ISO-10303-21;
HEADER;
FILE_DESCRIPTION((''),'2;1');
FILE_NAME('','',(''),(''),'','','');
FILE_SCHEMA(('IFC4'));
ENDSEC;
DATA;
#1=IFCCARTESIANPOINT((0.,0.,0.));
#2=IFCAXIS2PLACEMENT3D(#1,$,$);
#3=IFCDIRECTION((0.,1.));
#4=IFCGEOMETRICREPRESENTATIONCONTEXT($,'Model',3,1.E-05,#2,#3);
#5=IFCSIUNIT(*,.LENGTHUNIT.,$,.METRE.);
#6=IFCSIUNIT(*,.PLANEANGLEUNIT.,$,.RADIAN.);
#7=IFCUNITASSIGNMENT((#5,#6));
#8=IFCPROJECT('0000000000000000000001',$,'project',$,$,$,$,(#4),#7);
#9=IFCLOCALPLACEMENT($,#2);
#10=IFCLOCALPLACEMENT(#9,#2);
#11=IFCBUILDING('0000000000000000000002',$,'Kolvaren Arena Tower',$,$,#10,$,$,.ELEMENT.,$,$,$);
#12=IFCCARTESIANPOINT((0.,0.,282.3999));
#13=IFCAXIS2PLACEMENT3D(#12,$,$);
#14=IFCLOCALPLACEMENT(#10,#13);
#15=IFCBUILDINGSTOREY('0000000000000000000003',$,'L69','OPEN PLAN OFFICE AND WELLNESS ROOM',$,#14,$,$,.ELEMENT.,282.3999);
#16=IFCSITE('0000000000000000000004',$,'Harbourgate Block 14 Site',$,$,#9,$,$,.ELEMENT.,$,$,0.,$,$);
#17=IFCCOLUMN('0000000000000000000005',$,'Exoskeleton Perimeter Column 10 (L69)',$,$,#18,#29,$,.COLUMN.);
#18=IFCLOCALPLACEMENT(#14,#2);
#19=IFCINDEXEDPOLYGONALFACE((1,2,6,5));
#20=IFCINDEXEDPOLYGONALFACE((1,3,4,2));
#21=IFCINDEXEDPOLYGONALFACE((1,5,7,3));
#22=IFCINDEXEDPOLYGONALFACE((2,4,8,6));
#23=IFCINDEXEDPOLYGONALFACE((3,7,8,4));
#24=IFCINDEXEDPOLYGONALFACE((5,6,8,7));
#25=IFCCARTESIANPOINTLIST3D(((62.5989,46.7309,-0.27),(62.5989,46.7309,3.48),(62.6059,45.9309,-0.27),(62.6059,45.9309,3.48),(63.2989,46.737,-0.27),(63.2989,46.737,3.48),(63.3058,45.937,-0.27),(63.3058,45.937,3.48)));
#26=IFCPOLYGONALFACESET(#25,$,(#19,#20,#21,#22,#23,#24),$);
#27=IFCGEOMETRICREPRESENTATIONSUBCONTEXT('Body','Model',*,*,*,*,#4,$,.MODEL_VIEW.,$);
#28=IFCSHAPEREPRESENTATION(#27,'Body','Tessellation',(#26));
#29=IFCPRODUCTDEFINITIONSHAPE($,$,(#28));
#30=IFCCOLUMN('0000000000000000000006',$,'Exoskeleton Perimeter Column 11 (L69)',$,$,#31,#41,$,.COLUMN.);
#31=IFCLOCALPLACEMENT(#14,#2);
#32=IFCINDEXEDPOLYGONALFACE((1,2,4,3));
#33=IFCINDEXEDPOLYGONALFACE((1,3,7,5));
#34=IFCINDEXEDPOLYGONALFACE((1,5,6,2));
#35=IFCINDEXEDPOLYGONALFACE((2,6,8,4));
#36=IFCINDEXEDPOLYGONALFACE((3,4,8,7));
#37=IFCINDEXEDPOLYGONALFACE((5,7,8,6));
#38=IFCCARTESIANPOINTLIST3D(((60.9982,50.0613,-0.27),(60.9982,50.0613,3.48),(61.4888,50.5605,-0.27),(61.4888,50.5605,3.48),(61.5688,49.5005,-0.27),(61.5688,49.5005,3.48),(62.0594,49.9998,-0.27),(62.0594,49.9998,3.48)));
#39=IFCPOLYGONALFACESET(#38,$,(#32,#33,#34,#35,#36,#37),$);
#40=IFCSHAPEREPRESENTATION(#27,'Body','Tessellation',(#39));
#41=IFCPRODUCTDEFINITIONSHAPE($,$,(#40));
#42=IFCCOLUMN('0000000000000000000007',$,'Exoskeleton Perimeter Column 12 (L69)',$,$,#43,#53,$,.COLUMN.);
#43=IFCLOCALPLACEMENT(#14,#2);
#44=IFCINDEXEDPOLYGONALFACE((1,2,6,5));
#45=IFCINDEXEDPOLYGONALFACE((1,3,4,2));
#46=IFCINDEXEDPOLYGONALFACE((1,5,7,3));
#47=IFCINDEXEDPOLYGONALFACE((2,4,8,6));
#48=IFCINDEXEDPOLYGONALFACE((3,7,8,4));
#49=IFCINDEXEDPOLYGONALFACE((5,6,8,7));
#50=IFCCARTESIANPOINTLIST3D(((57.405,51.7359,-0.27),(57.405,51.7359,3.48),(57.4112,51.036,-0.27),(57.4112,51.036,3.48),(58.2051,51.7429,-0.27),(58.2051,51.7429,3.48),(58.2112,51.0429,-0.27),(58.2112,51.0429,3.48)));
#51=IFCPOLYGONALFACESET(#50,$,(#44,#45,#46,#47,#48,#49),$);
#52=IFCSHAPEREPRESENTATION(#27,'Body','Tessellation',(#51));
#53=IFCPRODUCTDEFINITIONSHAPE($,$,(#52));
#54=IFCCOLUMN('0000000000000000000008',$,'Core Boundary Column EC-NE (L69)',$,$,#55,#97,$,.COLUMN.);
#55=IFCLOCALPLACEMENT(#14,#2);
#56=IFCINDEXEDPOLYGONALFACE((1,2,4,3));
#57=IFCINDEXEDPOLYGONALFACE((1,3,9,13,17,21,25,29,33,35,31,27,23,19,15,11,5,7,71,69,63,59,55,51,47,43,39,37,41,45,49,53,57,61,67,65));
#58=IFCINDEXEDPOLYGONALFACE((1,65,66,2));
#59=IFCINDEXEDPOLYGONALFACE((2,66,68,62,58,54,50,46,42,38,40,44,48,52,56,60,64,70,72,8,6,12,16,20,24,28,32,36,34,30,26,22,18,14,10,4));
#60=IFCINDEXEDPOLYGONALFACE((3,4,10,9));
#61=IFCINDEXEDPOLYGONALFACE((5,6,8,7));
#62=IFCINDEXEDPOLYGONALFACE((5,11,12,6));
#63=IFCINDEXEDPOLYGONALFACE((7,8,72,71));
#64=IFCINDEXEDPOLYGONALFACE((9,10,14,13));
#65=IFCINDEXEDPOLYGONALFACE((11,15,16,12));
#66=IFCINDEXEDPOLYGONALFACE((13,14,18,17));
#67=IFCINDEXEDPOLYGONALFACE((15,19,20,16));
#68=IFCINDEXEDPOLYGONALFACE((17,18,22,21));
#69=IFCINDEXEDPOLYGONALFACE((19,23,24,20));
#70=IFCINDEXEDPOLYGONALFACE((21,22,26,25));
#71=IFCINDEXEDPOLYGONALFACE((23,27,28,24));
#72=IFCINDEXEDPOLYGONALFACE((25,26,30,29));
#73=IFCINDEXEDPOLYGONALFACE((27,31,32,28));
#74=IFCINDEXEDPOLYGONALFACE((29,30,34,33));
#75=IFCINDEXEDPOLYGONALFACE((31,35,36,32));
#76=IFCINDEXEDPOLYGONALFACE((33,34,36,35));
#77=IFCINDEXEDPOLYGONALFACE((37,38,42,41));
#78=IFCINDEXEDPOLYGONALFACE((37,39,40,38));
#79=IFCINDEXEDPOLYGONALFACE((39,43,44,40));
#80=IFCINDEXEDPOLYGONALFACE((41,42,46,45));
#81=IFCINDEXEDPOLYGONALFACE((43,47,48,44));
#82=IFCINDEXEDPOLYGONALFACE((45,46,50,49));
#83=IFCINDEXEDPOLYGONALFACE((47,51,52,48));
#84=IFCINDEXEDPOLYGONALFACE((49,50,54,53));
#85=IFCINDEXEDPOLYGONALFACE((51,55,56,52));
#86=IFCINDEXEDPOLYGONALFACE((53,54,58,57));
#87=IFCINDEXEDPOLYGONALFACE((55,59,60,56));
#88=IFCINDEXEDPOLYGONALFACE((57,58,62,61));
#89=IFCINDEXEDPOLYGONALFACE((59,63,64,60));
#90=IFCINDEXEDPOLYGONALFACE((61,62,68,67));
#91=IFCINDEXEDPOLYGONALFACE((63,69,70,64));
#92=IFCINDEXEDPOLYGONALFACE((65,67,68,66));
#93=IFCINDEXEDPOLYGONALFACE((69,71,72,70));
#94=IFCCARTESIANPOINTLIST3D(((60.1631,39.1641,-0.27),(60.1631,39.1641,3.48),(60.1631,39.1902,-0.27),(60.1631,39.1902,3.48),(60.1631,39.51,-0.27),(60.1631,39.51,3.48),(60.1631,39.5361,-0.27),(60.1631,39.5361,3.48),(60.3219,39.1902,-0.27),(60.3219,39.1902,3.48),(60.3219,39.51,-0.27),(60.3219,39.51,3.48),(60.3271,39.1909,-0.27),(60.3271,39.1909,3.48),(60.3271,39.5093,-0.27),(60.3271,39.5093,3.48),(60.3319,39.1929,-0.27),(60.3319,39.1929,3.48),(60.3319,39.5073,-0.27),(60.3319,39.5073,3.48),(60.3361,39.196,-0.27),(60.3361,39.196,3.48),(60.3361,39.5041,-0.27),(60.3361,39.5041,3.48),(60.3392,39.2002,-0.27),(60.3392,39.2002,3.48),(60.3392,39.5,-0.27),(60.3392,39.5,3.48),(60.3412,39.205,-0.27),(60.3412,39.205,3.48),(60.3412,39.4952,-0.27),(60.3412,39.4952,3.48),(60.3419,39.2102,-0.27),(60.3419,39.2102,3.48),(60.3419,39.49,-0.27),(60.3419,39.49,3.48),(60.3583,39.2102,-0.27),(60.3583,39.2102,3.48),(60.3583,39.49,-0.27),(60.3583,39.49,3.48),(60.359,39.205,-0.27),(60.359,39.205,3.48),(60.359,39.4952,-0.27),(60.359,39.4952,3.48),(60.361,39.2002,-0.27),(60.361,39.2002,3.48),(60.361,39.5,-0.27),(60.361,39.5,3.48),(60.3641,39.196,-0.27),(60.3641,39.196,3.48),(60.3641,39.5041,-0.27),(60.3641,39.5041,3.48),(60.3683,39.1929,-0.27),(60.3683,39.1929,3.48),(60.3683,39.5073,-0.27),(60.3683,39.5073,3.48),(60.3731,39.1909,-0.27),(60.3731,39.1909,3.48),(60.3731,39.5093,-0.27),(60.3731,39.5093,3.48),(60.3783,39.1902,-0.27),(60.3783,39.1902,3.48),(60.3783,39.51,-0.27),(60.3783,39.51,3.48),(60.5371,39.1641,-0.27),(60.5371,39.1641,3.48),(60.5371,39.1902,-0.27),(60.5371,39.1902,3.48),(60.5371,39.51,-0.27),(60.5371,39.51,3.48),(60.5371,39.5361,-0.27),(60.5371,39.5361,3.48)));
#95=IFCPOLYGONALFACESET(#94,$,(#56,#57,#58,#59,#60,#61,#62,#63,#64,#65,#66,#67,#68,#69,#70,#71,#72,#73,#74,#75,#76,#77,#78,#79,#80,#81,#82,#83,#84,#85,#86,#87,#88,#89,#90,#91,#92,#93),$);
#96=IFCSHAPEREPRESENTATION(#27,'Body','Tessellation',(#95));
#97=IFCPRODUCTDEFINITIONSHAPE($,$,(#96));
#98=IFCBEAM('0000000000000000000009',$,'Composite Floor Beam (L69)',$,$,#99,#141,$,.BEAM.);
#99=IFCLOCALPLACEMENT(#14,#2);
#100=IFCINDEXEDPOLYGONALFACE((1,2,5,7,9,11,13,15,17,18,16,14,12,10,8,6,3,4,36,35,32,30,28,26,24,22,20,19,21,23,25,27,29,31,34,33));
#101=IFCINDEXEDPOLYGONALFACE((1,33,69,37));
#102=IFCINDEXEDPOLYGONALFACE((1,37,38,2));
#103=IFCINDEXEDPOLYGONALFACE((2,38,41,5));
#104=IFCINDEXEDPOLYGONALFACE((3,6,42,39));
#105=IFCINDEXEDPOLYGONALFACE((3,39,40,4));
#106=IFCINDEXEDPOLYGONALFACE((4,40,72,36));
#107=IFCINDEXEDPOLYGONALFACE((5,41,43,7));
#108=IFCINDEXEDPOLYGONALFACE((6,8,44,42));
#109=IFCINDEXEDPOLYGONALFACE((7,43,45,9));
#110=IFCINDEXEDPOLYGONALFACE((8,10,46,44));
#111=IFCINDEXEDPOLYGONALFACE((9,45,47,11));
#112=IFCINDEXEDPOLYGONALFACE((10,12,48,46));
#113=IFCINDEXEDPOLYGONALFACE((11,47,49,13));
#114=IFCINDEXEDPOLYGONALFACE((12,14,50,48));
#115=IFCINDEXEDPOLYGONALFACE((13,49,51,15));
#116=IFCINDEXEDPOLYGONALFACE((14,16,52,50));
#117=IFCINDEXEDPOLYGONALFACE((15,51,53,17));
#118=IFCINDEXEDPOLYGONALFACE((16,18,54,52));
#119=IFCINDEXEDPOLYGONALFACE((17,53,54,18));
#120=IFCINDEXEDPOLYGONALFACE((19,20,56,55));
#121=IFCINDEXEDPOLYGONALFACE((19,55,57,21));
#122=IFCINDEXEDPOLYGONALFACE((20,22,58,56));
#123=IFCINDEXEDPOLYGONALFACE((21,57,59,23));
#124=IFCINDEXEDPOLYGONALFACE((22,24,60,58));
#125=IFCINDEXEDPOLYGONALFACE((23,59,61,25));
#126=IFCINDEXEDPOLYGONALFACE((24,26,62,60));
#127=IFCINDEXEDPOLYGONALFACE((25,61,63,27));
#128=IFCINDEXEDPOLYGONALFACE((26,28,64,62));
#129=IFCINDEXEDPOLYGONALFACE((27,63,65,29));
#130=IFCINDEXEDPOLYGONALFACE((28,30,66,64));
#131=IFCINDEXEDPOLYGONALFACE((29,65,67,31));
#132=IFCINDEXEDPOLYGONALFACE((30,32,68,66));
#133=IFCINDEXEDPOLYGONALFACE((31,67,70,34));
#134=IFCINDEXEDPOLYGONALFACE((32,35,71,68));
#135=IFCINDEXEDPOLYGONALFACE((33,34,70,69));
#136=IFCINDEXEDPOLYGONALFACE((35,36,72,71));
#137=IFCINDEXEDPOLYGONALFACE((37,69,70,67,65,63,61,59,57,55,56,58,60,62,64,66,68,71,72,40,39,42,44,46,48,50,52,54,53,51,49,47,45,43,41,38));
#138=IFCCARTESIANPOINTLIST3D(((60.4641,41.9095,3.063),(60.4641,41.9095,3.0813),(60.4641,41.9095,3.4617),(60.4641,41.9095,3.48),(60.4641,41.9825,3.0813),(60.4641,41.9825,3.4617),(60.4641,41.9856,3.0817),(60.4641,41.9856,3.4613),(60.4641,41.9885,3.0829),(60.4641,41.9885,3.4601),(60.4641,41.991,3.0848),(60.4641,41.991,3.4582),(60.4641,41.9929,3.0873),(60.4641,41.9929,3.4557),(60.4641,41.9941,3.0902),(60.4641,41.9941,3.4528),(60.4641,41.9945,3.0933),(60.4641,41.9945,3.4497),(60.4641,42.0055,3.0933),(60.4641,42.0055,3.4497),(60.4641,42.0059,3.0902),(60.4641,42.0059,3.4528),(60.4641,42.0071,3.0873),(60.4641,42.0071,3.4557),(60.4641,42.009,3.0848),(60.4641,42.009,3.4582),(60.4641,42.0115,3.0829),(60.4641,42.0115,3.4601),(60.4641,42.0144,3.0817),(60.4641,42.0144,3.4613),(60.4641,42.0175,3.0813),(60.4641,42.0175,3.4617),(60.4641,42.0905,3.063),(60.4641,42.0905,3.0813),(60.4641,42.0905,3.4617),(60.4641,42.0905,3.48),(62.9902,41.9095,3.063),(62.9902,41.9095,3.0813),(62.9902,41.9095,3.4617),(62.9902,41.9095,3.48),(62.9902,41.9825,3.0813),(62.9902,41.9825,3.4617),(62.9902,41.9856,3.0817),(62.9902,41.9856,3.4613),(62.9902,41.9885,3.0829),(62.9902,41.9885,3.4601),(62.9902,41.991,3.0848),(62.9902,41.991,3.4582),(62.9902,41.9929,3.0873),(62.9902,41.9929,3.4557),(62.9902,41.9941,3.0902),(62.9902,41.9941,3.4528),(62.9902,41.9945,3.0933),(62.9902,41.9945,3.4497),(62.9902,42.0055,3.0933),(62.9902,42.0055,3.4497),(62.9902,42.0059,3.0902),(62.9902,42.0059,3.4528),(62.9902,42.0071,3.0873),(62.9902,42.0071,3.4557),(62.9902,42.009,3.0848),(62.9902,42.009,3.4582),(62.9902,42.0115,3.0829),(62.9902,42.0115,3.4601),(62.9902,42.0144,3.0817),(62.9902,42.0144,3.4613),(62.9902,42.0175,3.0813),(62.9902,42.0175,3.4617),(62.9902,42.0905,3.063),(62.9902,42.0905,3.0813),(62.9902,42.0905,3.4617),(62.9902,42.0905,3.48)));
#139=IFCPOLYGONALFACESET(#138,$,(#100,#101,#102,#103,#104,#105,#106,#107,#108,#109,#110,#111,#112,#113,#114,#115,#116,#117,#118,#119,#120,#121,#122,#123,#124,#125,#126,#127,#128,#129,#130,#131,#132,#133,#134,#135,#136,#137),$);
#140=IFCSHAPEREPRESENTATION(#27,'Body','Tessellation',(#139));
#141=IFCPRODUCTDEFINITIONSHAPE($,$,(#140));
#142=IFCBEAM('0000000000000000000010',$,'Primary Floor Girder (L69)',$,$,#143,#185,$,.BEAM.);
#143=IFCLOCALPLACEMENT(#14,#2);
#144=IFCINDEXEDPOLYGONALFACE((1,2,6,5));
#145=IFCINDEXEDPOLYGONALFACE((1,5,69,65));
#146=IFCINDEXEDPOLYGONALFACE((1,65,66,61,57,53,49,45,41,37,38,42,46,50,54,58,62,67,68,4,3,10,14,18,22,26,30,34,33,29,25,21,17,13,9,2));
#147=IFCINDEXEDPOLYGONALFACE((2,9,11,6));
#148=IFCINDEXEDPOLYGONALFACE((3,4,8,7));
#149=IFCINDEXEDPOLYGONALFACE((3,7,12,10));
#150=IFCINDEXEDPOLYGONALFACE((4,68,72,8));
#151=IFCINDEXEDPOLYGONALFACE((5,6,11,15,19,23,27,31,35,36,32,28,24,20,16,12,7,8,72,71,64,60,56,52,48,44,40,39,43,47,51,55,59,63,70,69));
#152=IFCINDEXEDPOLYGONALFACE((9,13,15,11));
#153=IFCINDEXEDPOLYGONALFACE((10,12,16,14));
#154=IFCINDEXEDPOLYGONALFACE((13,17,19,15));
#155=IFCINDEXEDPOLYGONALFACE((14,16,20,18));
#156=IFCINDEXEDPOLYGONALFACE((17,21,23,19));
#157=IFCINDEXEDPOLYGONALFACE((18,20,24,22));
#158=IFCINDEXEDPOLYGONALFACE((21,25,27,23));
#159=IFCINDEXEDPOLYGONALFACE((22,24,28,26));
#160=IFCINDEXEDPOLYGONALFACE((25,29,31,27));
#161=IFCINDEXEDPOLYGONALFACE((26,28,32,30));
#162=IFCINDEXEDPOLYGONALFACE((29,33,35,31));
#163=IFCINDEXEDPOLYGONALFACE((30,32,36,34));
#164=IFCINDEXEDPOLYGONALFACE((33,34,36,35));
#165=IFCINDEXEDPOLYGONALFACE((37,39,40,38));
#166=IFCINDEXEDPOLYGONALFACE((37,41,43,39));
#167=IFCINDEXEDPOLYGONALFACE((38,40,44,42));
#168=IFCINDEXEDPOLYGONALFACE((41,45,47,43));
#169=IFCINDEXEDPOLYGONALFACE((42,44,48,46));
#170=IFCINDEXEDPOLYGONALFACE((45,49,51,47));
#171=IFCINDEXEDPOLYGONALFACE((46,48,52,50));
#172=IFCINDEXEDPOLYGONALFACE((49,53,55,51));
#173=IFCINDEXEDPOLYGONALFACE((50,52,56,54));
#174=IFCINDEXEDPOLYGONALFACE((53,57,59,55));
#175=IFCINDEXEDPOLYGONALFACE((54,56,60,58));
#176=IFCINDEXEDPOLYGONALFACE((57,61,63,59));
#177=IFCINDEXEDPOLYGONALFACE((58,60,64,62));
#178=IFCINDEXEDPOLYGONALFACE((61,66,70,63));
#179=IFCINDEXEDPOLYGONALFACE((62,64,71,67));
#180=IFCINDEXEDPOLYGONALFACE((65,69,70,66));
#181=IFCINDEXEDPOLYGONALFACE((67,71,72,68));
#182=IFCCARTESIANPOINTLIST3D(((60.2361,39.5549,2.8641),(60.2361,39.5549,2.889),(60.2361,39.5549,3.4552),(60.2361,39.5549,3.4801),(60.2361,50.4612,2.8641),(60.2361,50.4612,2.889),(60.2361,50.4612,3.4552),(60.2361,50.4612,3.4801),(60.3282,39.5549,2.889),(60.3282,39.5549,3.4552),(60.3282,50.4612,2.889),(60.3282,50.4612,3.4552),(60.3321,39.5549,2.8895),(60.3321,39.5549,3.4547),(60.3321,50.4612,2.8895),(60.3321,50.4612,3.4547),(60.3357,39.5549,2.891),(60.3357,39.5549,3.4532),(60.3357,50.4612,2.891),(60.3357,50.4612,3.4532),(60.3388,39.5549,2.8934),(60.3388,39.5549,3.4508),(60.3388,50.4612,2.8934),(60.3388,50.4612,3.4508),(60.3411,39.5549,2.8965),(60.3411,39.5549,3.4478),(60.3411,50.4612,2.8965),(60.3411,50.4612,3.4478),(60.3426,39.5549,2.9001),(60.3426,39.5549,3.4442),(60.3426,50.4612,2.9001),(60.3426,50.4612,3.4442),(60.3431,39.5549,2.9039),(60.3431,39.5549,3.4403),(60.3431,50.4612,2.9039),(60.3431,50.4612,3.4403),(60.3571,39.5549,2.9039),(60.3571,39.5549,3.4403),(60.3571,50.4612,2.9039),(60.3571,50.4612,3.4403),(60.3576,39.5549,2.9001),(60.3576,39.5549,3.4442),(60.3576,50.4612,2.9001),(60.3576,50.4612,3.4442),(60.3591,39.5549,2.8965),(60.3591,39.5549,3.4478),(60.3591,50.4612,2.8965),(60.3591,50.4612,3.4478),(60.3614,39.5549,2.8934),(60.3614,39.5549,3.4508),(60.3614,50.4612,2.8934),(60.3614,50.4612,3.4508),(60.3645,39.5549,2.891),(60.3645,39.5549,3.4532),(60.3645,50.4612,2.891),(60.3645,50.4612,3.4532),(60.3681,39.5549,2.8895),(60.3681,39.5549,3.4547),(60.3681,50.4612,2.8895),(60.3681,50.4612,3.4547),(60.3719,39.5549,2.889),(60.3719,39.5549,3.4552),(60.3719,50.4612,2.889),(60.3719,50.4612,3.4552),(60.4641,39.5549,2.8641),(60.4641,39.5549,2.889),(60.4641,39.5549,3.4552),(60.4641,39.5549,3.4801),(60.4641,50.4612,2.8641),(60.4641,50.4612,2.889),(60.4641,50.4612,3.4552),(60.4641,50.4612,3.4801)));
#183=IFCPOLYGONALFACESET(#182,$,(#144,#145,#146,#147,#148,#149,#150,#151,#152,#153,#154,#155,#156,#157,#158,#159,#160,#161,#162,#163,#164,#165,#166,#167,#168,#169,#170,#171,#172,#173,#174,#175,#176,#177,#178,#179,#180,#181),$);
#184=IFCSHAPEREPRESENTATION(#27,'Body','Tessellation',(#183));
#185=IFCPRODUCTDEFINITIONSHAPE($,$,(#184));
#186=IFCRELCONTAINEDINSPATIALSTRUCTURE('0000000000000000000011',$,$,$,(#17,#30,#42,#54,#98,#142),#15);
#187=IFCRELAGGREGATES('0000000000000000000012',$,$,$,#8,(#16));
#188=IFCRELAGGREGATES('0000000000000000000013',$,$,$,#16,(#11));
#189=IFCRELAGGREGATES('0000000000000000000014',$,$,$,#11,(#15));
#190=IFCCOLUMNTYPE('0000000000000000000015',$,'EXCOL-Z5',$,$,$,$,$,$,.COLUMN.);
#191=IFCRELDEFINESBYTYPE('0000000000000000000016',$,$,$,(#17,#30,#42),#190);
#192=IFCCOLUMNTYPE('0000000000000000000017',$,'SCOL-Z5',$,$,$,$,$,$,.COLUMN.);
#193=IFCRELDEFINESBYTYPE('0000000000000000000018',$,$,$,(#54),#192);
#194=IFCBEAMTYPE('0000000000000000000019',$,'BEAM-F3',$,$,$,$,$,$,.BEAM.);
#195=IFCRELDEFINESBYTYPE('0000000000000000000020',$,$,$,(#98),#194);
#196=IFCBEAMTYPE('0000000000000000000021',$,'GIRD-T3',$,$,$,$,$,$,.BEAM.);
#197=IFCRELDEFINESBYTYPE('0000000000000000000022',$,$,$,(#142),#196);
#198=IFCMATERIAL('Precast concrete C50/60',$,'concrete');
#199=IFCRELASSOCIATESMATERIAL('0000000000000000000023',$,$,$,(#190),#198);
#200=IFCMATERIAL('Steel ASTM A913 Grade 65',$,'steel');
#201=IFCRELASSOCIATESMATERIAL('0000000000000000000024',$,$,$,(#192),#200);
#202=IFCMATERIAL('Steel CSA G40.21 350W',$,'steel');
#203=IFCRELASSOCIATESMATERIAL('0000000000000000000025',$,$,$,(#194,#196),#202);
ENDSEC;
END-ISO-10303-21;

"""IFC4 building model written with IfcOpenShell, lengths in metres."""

from ifc_helpers import new_model, si_unit, direction, frame, origin, origin_2d, place, context, subcontext, project, spatial, rectangle, i_section, extrude, material, material_profile, profile_set, type_object, element, save


model = new_model("IFC4")

# Units and contexts
model_context = context("Model", 3, precision=1e-05, world=origin(), true_north=direction((0.0, 1.0)))
body_context = subcontext(model_context, "Body", "Model", "MODEL_VIEW")
ifc_project = project(units=[si_unit("LENGTHUNIT", "METRE"), si_unit("PLANEANGLEUNIT", "RADIAN")], contexts=[model_context])

# Site, building, storey
site_placement = place(None, origin())
site = spatial("IfcSite", under=ifc_project, at=site_placement, Name="Harbourgate Block 14 Site", CompositionType="ELEMENT", RefElevation=0.0)
building_placement = place(site_placement, origin())
building = spatial("IfcBuilding", under=site, at=building_placement, Name="Kolvaren Arena Tower", CompositionType="ELEMENT")
storey_placement = place(building_placement, frame((0.0, 0.0, 282.3999)))
storey = spatial("IfcBuildingStorey", under=building, at=storey_placement, Name="L69", Description="OPEN PLAN OFFICE AND WELLNESS ROOM", CompositionType="ELEMENT", Elevation=282.3999)

# Columns
ifc_material_1 = material(Name="Precast concrete C50/60", Category="concrete")
ifc_material_profile_1 = material_profile(ifc_material_1, rectangle(XDim=0.8, YDim=0.7, at=origin_2d()), Name="RC-800x700")
ifc_profile_set_1 = profile_set([ifc_material_profile_1], Name="Precast concrete C50/60")
column_type_1 = type_object("IfcColumnType", Name="EXCOL-Z5", PredefinedType="COLUMN", material=ifc_profile_set_1)
for number, where, z_axis, x_axis, name in (
    (1, (62.9524, 46.334, -0.27), (0.0, 0.0, 1.0), (-0.008727, 0.999962, 0.0), "Exoskeleton Perimeter Column 10 (L69)"),
    (2, (61.5288, 50.0305, -0.27), (0.0, 0.0, 1.0), (-0.71325, 0.700909, 0.0), "Exoskeleton Perimeter Column 11 (L69)"),
    (3, (57.8081, 51.3894, -0.27), (0.0, 0.0, 1.0), (0.999962, 0.008727, 0.0), "Exoskeleton Perimeter Column 12 (L69)"),
):
    element("IfcColumn", number, at=place(storey_placement, frame(where, z_axis=z_axis, x_axis=x_axis)), inside=storey, type_object=column_type_1, Name=name, PredefinedType="COLUMN", context=body_context, shape_type="SweptSolid", body=[
        extrude(rectangle(XDim=0.8, YDim=0.7, at=origin_2d()), origin(), (0.0, 0.0, 1.0), 3.75),
    ])
ifc_material_2 = material(Name="Steel ASTM A913 Grade 65", Category="steel")
ifc_material_profile_2 = material_profile(ifc_material_2, i_section(OverallWidth=0.374, OverallDepth=0.3721, WebThickness=0.0164, FlangeThickness=0.0261, FilletRadius=0.02, at=origin_2d()), Name="W360x196")
ifc_profile_set_2 = profile_set([ifc_material_profile_2], Name="Steel ASTM A913 Grade 65")
column_type_2 = type_object("IfcColumnType", Name="SCOL-Z5", PredefinedType="COLUMN", material=ifc_profile_set_2)
column_placement = place(storey_placement, frame((60.3501, 39.3501, -0.27), z_axis=(0.0, 0.0, 1.0), x_axis=(1.0, 0.0, 0.0)))
element("IfcColumn", 4, at=column_placement, inside=storey, type_object=column_type_2, Name="Core Boundary Column EC-NE (L69)", PredefinedType="COLUMN", context=body_context, shape_type="SweptSolid", body=[
    extrude(i_section(OverallWidth=0.374, OverallDepth=0.3721, WebThickness=0.0164, FlangeThickness=0.0261, FilletRadius=0.02, at=origin_2d()), origin(), (0.0, 0.0, 1.0), 3.75),
])

# Beams
ifc_material_3 = material(Name="Steel CSA G40.21 350W", Category="steel")
ifc_material_profile_3 = material_profile(ifc_material_3, i_section(OverallWidth=0.1809, OverallDepth=0.417, WebThickness=0.011, FlangeThickness=0.0183, FilletRadius=0.012, at=origin_2d()), Name="W410x85")
ifc_profile_set_3 = profile_set([ifc_material_profile_3], Name="Steel CSA G40.21 350W")
beam_type_1 = type_object("IfcBeamType", Name="BEAM-F3", PredefinedType="BEAM", material=ifc_profile_set_3)
beam_1_placement = place(storey_placement, frame((60.4641, 42.0, 3.2715), z_axis=(1.0, 0.0, 0.0), x_axis=(0.0, 1.0, 0.0)))
element("IfcBeam", 5, at=beam_1_placement, inside=storey, type_object=beam_type_1, Name="Composite Floor Beam (L69)", PredefinedType="BEAM", context=body_context, shape_type="SweptSolid", body=[
    extrude(i_section(OverallWidth=0.1809, OverallDepth=0.417, WebThickness=0.011, FlangeThickness=0.0183, FilletRadius=0.012, at=origin_2d()), origin(), (0.0, 0.0, 1.0), 2.5261),
])
ifc_material_profile_4 = material_profile(ifc_material_3, i_section(OverallWidth=0.228, OverallDepth=0.616, WebThickness=0.0139, FlangeThickness=0.0249, FilletRadius=0.0149, at=origin_2d()), Name="W610x174")
ifc_profile_set_4 = profile_set([ifc_material_profile_4], Name="Steel CSA G40.21 350W")
beam_type_2 = type_object("IfcBeamType", Name="GIRD-T3", PredefinedType="BEAM", material=ifc_profile_set_4)
beam_2_placement = place(storey_placement, frame((60.3501, 39.5549, 3.1721), z_axis=(0.0, 1.0, 0.0), x_axis=(-1.0, 0.0, 0.0)))
element("IfcBeam", 6, at=beam_2_placement, inside=storey, type_object=beam_type_2, Name="Primary Floor Girder (L69)", PredefinedType="BEAM", context=body_context, shape_type="SweptSolid", body=[
    extrude(i_section(OverallWidth=0.228, OverallDepth=0.616, WebThickness=0.0139, FlangeThickness=0.0249, FilletRadius=0.0149, at=origin_2d()), origin(), (0.0, 0.0, 1.0), 10.9062),
])

save(model, "model.ifc")
